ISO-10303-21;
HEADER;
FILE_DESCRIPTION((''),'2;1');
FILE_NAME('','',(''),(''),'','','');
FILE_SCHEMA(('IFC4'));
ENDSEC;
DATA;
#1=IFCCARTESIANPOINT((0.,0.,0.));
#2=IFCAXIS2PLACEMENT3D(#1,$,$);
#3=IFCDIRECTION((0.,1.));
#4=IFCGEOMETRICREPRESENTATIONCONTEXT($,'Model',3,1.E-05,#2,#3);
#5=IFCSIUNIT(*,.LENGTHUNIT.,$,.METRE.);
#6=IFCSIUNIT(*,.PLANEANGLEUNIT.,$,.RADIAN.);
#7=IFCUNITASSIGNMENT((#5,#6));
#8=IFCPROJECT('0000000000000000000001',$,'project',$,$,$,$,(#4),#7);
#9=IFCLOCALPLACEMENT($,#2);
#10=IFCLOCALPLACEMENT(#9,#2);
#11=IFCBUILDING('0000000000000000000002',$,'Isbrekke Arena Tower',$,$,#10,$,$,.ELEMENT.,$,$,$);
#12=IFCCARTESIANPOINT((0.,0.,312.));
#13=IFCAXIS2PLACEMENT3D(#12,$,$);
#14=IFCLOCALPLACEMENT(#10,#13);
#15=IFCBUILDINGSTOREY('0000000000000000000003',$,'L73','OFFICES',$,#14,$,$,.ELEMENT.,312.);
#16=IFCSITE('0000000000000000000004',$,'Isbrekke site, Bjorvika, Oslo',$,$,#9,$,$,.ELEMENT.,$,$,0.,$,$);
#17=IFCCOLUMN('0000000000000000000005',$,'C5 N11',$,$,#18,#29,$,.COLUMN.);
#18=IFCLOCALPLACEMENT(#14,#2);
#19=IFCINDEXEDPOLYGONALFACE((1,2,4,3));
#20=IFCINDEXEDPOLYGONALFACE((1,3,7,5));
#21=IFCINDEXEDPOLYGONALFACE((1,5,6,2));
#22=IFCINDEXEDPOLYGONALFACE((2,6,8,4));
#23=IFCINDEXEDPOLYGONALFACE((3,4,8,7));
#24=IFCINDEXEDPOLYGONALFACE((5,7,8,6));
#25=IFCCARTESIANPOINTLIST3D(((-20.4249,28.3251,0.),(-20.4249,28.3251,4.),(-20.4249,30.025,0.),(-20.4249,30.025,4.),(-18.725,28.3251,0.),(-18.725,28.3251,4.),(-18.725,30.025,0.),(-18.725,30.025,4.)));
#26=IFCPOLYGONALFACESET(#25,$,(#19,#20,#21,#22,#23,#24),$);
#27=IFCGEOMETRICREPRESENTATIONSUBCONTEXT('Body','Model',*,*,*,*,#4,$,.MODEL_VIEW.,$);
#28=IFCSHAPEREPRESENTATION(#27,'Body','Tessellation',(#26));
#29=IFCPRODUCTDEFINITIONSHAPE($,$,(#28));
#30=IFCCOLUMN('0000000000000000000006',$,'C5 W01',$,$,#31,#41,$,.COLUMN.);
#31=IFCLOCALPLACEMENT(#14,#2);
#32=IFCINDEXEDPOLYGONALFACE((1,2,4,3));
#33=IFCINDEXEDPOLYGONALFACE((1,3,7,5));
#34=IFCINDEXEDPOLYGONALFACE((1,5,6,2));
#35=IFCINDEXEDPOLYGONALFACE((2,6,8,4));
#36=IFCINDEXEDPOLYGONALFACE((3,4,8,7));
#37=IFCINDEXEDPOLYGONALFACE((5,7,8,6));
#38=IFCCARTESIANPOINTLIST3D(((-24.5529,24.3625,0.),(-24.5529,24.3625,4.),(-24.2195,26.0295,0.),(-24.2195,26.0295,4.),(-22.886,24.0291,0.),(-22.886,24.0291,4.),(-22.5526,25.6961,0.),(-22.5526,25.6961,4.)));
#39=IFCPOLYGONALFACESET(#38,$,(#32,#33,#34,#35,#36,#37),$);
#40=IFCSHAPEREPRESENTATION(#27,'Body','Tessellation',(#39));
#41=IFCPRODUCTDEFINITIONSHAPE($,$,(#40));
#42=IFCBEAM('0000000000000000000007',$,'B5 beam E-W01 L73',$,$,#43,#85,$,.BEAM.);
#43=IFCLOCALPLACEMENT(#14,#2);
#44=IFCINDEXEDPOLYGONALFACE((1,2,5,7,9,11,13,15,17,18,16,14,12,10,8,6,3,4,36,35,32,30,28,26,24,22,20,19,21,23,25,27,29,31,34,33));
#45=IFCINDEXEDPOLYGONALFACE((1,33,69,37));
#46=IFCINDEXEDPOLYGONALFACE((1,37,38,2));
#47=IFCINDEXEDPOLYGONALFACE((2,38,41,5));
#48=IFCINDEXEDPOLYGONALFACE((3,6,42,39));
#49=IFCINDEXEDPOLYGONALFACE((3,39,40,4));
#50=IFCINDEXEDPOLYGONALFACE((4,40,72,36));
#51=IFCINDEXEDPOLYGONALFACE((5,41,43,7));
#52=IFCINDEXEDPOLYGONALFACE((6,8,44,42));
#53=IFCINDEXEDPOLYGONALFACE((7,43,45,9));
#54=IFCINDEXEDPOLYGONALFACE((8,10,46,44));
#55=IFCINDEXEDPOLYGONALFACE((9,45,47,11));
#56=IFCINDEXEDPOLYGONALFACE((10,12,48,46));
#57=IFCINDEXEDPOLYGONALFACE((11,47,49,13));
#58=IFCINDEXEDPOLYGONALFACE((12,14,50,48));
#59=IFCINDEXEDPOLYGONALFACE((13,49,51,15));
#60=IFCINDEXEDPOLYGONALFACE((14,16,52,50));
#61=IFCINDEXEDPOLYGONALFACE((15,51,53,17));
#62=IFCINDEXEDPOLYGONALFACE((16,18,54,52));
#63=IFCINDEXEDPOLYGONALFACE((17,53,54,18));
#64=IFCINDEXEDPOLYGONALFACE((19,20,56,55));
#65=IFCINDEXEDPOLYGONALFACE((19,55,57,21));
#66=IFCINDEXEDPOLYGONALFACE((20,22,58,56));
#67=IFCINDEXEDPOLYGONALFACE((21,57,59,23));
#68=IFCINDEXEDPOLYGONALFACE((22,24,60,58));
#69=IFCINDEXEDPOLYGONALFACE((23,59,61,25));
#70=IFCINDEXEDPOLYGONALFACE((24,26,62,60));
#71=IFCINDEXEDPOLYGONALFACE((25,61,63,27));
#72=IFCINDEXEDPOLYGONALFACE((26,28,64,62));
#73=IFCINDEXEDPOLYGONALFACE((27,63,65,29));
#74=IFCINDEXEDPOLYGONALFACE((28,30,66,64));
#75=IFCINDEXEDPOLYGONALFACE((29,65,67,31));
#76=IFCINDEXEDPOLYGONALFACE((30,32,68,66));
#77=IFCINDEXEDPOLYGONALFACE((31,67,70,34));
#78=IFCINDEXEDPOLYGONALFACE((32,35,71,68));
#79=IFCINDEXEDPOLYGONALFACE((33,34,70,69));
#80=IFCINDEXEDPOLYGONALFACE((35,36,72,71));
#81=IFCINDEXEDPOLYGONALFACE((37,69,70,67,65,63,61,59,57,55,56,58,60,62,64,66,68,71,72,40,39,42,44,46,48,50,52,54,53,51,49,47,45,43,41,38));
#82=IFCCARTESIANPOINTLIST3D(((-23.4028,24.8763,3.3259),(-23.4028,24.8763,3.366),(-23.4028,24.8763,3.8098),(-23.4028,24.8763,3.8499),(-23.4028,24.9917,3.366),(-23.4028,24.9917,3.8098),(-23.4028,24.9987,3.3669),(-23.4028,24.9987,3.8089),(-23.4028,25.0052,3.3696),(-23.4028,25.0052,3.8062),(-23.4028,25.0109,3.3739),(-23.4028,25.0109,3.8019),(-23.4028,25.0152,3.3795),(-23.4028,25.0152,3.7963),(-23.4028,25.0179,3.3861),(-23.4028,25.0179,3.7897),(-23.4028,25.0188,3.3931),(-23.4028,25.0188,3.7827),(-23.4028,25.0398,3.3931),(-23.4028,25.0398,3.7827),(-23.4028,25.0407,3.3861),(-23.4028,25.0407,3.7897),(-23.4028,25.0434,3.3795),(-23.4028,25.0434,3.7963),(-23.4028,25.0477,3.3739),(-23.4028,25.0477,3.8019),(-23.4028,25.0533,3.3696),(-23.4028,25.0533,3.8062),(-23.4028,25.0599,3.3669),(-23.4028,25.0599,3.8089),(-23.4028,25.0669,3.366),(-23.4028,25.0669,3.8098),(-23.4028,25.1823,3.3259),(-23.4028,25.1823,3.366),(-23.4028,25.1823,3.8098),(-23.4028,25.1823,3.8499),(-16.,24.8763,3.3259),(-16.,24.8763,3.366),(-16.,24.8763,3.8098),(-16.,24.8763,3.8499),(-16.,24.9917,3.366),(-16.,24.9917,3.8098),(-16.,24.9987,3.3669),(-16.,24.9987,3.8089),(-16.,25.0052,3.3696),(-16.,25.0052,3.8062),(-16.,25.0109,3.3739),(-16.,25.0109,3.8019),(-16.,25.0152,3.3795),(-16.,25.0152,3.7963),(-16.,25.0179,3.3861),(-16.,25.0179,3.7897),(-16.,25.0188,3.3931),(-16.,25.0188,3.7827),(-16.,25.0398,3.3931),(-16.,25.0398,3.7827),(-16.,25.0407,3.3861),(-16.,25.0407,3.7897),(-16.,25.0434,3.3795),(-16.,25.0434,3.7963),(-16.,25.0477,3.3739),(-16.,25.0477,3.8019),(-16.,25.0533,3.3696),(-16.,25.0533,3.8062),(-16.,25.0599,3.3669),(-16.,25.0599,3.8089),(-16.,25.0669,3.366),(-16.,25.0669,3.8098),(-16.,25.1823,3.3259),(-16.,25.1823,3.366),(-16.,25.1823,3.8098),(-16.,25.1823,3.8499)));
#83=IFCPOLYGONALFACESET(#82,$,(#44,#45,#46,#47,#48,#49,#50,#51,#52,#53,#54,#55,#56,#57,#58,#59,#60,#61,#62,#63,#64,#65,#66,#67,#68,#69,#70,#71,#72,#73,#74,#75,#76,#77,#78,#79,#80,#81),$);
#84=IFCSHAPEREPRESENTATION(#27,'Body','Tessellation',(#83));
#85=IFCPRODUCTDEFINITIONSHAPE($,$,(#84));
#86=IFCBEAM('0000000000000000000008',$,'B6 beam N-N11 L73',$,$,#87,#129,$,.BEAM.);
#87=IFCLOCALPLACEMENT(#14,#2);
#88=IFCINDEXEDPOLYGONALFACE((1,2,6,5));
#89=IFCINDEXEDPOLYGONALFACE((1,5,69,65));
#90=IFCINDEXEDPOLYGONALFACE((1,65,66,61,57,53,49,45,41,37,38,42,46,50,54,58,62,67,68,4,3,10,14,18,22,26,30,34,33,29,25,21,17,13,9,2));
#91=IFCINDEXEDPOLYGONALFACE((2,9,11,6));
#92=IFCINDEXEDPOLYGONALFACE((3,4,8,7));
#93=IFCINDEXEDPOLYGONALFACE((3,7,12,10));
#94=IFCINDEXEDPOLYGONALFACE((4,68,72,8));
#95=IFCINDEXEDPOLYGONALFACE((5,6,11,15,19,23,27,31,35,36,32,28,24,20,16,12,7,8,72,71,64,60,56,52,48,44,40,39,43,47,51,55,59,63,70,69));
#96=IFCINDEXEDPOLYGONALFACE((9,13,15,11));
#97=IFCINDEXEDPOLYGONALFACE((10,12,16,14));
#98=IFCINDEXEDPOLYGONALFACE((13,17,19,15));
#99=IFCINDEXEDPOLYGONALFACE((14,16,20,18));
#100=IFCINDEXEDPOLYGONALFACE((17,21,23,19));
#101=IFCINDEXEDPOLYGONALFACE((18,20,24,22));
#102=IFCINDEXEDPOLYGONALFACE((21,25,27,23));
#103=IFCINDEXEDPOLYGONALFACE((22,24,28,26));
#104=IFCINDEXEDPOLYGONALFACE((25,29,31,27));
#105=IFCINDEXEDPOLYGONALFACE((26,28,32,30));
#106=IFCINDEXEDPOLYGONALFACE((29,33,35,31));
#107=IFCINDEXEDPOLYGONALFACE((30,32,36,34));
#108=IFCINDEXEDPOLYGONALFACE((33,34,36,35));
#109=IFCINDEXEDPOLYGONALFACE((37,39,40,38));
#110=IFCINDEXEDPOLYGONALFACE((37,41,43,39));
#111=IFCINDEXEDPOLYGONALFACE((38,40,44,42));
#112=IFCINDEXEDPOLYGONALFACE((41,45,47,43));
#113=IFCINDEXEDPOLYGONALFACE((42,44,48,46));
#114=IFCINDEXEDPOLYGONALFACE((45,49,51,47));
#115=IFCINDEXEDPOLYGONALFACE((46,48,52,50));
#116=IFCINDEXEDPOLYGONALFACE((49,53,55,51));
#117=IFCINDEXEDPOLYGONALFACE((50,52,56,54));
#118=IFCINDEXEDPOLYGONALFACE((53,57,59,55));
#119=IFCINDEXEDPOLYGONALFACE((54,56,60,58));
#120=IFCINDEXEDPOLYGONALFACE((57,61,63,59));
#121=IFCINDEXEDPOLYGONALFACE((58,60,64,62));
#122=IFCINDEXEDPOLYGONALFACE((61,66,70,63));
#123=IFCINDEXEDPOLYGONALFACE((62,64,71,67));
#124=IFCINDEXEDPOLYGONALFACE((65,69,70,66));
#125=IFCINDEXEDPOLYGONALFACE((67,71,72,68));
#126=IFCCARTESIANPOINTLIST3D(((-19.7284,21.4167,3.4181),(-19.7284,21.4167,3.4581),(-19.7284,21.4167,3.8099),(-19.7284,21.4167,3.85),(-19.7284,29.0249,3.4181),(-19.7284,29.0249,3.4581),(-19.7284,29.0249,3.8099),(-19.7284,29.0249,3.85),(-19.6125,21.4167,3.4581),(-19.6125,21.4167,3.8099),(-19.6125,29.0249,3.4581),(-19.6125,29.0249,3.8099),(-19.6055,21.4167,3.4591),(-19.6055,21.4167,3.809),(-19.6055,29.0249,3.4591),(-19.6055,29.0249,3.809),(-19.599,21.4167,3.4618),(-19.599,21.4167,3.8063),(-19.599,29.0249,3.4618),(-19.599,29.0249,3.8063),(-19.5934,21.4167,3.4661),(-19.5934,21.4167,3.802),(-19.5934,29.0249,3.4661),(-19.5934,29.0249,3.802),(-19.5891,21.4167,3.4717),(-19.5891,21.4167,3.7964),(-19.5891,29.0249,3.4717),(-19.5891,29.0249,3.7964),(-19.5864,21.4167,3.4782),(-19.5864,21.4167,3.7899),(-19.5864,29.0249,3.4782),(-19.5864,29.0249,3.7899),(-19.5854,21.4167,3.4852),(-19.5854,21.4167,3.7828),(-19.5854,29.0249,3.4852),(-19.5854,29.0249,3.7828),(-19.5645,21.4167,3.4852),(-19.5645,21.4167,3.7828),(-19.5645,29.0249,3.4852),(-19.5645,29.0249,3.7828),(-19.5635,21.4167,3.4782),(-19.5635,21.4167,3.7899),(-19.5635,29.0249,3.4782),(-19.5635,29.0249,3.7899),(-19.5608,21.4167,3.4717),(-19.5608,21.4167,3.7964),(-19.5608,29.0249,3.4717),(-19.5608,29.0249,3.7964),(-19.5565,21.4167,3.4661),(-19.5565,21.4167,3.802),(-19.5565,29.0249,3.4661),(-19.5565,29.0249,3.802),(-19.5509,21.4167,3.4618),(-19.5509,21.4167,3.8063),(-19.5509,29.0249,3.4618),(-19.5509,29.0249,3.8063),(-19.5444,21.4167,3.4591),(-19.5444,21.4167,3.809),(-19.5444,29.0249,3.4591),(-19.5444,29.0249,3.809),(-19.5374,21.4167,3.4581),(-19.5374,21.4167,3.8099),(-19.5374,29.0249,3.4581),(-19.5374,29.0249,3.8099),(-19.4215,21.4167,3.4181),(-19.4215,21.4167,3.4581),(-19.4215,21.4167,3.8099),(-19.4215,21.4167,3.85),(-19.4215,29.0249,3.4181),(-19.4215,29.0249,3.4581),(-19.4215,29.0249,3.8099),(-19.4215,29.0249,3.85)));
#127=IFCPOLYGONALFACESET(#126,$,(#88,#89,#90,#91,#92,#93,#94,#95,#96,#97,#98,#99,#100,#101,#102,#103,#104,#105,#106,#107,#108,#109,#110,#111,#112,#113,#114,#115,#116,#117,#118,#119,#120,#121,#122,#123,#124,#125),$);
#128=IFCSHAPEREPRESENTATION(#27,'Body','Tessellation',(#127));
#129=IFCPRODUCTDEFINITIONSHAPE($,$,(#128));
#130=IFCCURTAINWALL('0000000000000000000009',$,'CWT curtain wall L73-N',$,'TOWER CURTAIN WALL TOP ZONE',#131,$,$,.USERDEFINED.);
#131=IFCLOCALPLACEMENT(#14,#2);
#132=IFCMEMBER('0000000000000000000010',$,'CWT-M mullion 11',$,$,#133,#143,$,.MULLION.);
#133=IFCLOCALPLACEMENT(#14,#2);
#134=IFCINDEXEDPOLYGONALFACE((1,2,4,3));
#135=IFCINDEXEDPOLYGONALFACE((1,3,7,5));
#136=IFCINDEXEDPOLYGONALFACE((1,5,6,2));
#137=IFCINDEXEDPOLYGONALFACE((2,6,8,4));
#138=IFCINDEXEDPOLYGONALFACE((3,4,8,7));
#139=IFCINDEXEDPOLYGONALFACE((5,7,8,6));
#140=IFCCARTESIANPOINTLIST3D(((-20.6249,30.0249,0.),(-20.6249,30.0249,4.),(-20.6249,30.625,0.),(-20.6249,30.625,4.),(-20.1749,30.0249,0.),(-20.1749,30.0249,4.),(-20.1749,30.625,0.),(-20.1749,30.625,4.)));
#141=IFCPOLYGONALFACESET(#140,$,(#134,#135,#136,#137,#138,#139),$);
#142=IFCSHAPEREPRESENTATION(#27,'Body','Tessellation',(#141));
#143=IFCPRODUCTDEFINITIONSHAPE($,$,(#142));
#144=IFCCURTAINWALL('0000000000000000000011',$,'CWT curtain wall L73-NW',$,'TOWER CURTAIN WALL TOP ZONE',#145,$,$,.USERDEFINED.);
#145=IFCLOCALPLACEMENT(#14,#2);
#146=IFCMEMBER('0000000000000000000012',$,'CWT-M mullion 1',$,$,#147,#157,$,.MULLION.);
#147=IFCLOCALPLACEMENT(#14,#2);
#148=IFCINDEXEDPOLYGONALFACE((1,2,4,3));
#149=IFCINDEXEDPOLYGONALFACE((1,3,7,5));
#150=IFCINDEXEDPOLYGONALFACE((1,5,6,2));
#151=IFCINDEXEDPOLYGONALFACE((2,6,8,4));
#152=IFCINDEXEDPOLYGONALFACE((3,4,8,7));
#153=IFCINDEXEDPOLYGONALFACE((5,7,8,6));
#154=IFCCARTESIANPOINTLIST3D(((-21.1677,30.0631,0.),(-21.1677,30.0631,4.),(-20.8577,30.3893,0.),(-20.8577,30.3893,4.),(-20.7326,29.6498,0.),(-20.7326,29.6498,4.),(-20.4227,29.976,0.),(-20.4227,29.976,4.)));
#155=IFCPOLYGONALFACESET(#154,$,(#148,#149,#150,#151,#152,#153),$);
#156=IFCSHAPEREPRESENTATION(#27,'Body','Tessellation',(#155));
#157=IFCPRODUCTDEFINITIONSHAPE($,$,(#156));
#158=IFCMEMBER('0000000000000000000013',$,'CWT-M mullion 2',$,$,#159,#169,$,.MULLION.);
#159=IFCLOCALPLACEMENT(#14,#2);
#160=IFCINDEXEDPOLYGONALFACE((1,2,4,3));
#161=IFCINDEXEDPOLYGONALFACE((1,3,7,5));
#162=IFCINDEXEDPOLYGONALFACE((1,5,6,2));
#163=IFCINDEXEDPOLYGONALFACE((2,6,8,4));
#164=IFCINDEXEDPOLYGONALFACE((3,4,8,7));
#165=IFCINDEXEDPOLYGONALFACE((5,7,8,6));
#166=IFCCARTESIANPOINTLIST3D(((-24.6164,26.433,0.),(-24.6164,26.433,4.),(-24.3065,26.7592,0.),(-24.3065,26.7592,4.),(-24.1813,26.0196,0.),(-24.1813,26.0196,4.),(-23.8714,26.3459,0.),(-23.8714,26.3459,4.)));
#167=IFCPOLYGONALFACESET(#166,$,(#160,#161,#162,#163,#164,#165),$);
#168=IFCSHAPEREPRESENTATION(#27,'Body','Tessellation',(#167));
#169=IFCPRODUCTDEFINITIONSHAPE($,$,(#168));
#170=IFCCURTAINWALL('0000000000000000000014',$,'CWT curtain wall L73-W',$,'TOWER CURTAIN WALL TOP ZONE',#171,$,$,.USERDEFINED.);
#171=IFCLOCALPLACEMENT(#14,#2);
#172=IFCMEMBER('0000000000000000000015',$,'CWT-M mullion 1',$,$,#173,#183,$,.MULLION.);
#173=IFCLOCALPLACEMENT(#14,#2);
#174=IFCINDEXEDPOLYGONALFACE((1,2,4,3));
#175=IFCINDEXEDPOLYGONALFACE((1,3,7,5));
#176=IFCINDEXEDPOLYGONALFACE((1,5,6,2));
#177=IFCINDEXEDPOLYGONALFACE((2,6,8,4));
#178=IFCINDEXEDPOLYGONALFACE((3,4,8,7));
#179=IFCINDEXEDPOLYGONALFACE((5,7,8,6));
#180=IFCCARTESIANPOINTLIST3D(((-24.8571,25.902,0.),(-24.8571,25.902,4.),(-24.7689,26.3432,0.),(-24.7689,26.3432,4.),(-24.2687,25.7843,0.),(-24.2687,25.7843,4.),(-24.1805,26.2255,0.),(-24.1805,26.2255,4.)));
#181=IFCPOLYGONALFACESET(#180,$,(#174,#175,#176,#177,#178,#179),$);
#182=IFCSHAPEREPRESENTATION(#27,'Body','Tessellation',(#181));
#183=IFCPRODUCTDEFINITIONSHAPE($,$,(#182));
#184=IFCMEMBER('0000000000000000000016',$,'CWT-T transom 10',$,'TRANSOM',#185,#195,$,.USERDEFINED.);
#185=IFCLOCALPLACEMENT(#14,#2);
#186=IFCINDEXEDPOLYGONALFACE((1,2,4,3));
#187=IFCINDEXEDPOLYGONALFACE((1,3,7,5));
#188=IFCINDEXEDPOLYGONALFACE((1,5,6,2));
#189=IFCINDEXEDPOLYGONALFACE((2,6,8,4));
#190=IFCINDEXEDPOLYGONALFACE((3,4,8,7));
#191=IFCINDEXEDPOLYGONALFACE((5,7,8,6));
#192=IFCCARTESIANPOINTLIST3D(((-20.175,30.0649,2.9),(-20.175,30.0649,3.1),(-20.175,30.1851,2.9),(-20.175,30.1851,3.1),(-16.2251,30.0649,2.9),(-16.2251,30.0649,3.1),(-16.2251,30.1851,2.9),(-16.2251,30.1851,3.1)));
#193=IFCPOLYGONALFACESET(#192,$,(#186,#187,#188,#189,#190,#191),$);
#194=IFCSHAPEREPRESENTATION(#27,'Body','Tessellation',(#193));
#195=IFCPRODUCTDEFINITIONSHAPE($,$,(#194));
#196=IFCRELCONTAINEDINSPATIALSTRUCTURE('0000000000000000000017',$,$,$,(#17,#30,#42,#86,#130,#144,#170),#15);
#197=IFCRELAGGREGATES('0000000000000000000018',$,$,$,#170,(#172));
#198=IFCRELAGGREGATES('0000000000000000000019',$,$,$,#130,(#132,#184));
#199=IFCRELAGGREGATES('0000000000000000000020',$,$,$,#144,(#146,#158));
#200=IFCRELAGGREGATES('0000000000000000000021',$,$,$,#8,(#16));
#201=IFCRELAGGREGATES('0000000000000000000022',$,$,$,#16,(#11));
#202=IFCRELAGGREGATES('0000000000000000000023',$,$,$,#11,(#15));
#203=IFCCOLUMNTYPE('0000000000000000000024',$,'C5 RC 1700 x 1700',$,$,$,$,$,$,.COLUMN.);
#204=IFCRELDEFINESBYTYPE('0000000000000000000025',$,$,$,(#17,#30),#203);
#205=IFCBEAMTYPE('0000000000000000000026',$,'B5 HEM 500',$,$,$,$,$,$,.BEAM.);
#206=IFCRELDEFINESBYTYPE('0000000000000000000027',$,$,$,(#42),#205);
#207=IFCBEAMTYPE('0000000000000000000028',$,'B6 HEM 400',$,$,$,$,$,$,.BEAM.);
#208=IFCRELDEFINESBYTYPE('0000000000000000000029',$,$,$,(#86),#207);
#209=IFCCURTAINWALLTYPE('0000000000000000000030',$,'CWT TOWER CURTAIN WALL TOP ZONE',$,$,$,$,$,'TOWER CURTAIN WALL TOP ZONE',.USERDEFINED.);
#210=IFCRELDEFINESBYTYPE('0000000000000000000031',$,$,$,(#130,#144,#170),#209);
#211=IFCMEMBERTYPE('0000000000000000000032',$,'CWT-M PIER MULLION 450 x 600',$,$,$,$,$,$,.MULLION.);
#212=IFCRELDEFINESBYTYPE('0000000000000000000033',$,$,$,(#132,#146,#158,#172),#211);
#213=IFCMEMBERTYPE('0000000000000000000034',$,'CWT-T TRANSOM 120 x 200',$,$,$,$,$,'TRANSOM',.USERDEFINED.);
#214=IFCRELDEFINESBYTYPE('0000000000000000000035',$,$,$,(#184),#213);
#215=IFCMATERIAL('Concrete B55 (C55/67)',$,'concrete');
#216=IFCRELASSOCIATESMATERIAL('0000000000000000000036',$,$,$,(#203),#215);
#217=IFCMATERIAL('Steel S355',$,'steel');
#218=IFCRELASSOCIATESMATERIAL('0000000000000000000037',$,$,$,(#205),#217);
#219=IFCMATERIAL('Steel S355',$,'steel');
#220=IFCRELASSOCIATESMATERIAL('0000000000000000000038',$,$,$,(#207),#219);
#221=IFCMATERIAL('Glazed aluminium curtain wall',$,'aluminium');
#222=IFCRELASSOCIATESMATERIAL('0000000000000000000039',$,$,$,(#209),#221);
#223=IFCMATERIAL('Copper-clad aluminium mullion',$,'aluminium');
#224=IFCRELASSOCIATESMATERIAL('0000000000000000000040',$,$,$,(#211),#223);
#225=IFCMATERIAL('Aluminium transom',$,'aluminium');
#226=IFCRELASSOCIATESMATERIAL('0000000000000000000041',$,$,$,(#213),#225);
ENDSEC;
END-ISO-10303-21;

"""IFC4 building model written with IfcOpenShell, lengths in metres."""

from ifc_helpers import new_model, si_unit, direction, frame, origin, origin_2d, place, context, subcontext, project, spatial, rectangle, i_section, extrude, material, material_profile, profile_set, type_object, element, aggregate, save


model = new_model("IFC4")

# Units and contexts
model_context = context("Model", 3, precision=1e-05, world=origin(), true_north=direction((0.0, 1.0)))
body_context = subcontext(model_context, "Body", "Model", "MODEL_VIEW")
ifc_project = project(units=[si_unit("LENGTHUNIT", "METRE"), si_unit("PLANEANGLEUNIT", "RADIAN")], contexts=[model_context])

# Site, building, storey
site_placement = place(None, origin())
site = spatial("IfcSite", under=ifc_project, at=site_placement, Name="Isbrekke site, Bjorvika, Oslo", CompositionType="ELEMENT", RefElevation=0.0)
building_placement = place(site_placement, origin())
building = spatial("IfcBuilding", under=site, at=building_placement, Name="Isbrekke Arena Tower", CompositionType="ELEMENT")
storey_placement = place(building_placement, frame((0.0, 0.0, 312.0)))
storey = spatial("IfcBuildingStorey", under=building, at=storey_placement, Name="L73", Description="OFFICES", CompositionType="ELEMENT", Elevation=312.0)

# Columns
ifc_material_1 = material(Name="Concrete B55 (C55/67)", Category="concrete")
ifc_material_profile_1 = material_profile(ifc_material_1, rectangle(XDim=1.7, YDim=1.7, at=origin_2d()), Name="RC 1700x1700")
ifc_profile_set_1 = profile_set([ifc_material_profile_1], Name="Concrete B55 (C55/67)")
column_type = type_object("IfcColumnType", Name="C5 RC 1700 x 1700", PredefinedType="COLUMN", material=ifc_profile_set_1)
for number, where, z_axis, x_axis, name in (
    (1, (-19.575, 29.175, 0.0), (0.0, 0.0, 1.0), (-1.0, 0.0, 0.0), "C5 N11"),
    (2, (-23.5527, 25.0293, 0.0), (0.0, 0.0, 1.0), (-0.196116, -0.980581, 0.0), "C5 W01"),
):
    element("IfcColumn", number, at=place(storey_placement, frame(where, z_axis=z_axis, x_axis=x_axis)), inside=storey, type_object=column_type, Name=name, PredefinedType="COLUMN", context=body_context, shape_type="SweptSolid", body=[
        extrude(rectangle(XDim=1.7, YDim=1.7, at=origin_2d()), origin(), (0.0, 0.0, 1.0), 4.0),
    ])

# Beams
ifc_material_2 = material(Name="Steel S355", Category="steel")
ifc_material_profile_2 = material_profile(ifc_material_2, i_section(OverallWidth=0.3059, OverallDepth=0.5239, WebThickness=0.021, FlangeThickness=0.04, FilletRadius=0.0271, at=origin_2d()), Name="HEM 500")
ifc_profile_set_2 = profile_set([ifc_material_profile_2], Name="Steel S355")
beam_type_1 = type_object("IfcBeamType", Name="B5 HEM 500", PredefinedType="BEAM", material=ifc_profile_set_2)
beam_1_placement = place(storey_placement, frame((-23.4028, 25.0293, 3.5879), z_axis=(1.0, 0.0, 0.0), x_axis=(0.0, 1.0, 0.0)))
element("IfcBeam", 3, at=beam_1_placement, inside=storey, type_object=beam_type_1, Name="B5 beam E-W01 L73", PredefinedType="BEAM", context=body_context, shape_type="SweptSolid", body=[
    extrude(i_section(OverallWidth=0.3059, OverallDepth=0.5239, WebThickness=0.021, FlangeThickness=0.04, FilletRadius=0.0271, at=origin_2d()), origin(), (0.0, 0.0, 1.0), 7.4028),
])
ifc_material_3 = material(Name="Steel S355", Category="steel")
ifc_material_profile_3 = material_profile(ifc_material_3, i_section(OverallWidth=0.3069, OverallDepth=0.4319, WebThickness=0.021, FlangeThickness=0.04, FilletRadius=0.0271, at=origin_2d()), Name="HEM 400")
ifc_profile_set_3 = profile_set([ifc_material_profile_3], Name="Steel S355")
beam_type_2 = type_object("IfcBeamType", Name="B6 HEM 400", PredefinedType="BEAM", material=ifc_profile_set_3)
beam_2_placement = place(storey_placement, frame((-19.575, 29.0249, 3.634), z_axis=(0.0, -1.0, 0.0), x_axis=(1.0, 0.0, 0.0)))
element("IfcBeam", 4, at=beam_2_placement, inside=storey, type_object=beam_type_2, Name="B6 beam N-N11 L73", PredefinedType="BEAM", context=body_context, shape_type="SweptSolid", body=[
    extrude(i_section(OverallWidth=0.3069, OverallDepth=0.4319, WebThickness=0.021, FlangeThickness=0.04, FilletRadius=0.0271, at=origin_2d()), origin(), (0.0, 0.0, 1.0), 7.6082),
])

# Curtain wall, member
ifc_material_4 = material(Name="Glazed aluminium curtain wall", Category="aluminium")
curtain_wall_type = type_object("IfcCurtainWallType", Name="CWT TOWER CURTAIN WALL TOP ZONE", ElementType="TOWER CURTAIN WALL TOP ZONE", PredefinedType="USERDEFINED", material=ifc_material_4)
curtain_wall_1_placement = place(storey_placement, origin())
curtain_wall_1 = element("IfcCurtainWall", 5, at=curtain_wall_1_placement, inside=storey, type_object=curtain_wall_type, Name="CWT curtain wall L73-N", ObjectType="TOWER CURTAIN WALL TOP ZONE", PredefinedType="USERDEFINED")
ifc_material_5 = material(Name="Copper-clad aluminium mullion", Category="aluminium")
ifc_material_profile_4 = material_profile(ifc_material_5, rectangle(XDim=0.45, YDim=0.6001, at=origin_2d()), Name="PIER 450X600")
ifc_profile_set_4 = profile_set([ifc_material_profile_4], Name="Copper-clad aluminium mullion")
member_type_1 = type_object("IfcMemberType", Name="CWT-M PIER MULLION 450 x 600", PredefinedType="MULLION", material=ifc_profile_set_4)
member_1_placement = place(storey_placement, frame((-20.3999, 30.325, 0.0), z_axis=(0.0, 0.0, 1.0), x_axis=(-1.0, 0.0, 0.0)))
member_1 = element("IfcMember", 6, at=member_1_placement, type_object=member_type_1, Name="CWT-M mullion 11", PredefinedType="MULLION", context=body_context, shape_type="SweptSolid", body=[
    extrude(rectangle(XDim=0.45, YDim=0.6001, at=origin_2d()), origin(), (0.0, 0.0, 1.0), 4.0),
])

# Curtain wall, members
curtain_wall_2_placement = place(storey_placement, origin())
curtain_wall_2 = element("IfcCurtainWall", 7, at=curtain_wall_2_placement, inside=storey, type_object=curtain_wall_type, Name="CWT curtain wall L73-NW", ObjectType="TOWER CURTAIN WALL TOP ZONE", PredefinedType="USERDEFINED")
member_2_placement = place(storey_placement, frame((-20.7952, 30.0195, 0.0), z_axis=(0.0, 0.0, 1.0), x_axis=(-0.688749, -0.724999, 0.0)))
member_2 = element("IfcMember", 8, at=member_2_placement, type_object=member_type_1, Name="CWT-M mullion 1", PredefinedType="MULLION", context=body_context, shape_type="SweptSolid", body=[
    extrude(rectangle(XDim=0.45, YDim=0.6001, at=origin_2d()), origin(), (0.0, 0.0, 1.0), 4.0),
])
member_3_placement = place(storey_placement, frame((-24.2439, 26.3894, 0.0), z_axis=(0.0, 0.0, 1.0), x_axis=(-0.688749, -0.724999, 0.0)))
member_3 = element("IfcMember", 9, at=member_3_placement, type_object=member_type_1, Name="CWT-M mullion 2", PredefinedType="MULLION", context=body_context, shape_type="SweptSolid", body=[
    extrude(rectangle(XDim=0.45, YDim=0.6001, at=origin_2d()), origin(), (0.0, 0.0, 1.0), 4.0),
])

# Curtain wall, member
curtain_wall_3_placement = place(storey_placement, origin())
curtain_wall_3 = element("IfcCurtainWall", 10, at=curtain_wall_3_placement, inside=storey, type_object=curtain_wall_type, Name="CWT curtain wall L73-W", ObjectType="TOWER CURTAIN WALL TOP ZONE", PredefinedType="USERDEFINED")
member_4_placement = place(storey_placement, frame((-24.5188, 26.0637, 0.0), z_axis=(0.0, 0.0, 1.0), x_axis=(-0.196116, -0.980581, 0.0)))
member_4 = element("IfcMember", 11, at=member_4_placement, type_object=member_type_1, Name="CWT-M mullion 1", PredefinedType="MULLION", context=body_context, shape_type="SweptSolid", body=[
    extrude(rectangle(XDim=0.45, YDim=0.6001, at=origin_2d()), origin(), (0.0, 0.0, 1.0), 4.0),
])

# Member
ifc_material_6 = material(Name="Aluminium transom", Category="aluminium")
ifc_material_profile_5 = material_profile(ifc_material_6, rectangle(XDim=0.1201, YDim=0.2, at=origin_2d()), Name="TRANSOM 120X200")
ifc_profile_set_5 = profile_set([ifc_material_profile_5], Name="Aluminium transom")
member_type_2 = type_object("IfcMemberType", Name="CWT-T TRANSOM 120 x 200", ElementType="TRANSOM", PredefinedType="USERDEFINED", material=ifc_profile_set_5)
member_5_placement = place(storey_placement, frame((-16.2251, 30.125, 3.0), z_axis=(-1.0, 0.0, 0.0), x_axis=(0.0, -1.0, 0.0)))
member_5 = element("IfcMember", 12, at=member_5_placement, type_object=member_type_2, Name="CWT-T transom 10", ObjectType="TRANSOM", PredefinedType="USERDEFINED", context=body_context, shape_type="SweptSolid", body=[
    extrude(rectangle(XDim=0.1201, YDim=0.2, at=origin_2d()), origin(), (0.0, 0.0, 1.0), 3.95),
])
aggregate(curtain_wall_3, [member_4])

aggregate(curtain_wall_1, [member_1, member_5])
aggregate(curtain_wall_2, [member_2, member_3])

save(model, "model.ifc")
